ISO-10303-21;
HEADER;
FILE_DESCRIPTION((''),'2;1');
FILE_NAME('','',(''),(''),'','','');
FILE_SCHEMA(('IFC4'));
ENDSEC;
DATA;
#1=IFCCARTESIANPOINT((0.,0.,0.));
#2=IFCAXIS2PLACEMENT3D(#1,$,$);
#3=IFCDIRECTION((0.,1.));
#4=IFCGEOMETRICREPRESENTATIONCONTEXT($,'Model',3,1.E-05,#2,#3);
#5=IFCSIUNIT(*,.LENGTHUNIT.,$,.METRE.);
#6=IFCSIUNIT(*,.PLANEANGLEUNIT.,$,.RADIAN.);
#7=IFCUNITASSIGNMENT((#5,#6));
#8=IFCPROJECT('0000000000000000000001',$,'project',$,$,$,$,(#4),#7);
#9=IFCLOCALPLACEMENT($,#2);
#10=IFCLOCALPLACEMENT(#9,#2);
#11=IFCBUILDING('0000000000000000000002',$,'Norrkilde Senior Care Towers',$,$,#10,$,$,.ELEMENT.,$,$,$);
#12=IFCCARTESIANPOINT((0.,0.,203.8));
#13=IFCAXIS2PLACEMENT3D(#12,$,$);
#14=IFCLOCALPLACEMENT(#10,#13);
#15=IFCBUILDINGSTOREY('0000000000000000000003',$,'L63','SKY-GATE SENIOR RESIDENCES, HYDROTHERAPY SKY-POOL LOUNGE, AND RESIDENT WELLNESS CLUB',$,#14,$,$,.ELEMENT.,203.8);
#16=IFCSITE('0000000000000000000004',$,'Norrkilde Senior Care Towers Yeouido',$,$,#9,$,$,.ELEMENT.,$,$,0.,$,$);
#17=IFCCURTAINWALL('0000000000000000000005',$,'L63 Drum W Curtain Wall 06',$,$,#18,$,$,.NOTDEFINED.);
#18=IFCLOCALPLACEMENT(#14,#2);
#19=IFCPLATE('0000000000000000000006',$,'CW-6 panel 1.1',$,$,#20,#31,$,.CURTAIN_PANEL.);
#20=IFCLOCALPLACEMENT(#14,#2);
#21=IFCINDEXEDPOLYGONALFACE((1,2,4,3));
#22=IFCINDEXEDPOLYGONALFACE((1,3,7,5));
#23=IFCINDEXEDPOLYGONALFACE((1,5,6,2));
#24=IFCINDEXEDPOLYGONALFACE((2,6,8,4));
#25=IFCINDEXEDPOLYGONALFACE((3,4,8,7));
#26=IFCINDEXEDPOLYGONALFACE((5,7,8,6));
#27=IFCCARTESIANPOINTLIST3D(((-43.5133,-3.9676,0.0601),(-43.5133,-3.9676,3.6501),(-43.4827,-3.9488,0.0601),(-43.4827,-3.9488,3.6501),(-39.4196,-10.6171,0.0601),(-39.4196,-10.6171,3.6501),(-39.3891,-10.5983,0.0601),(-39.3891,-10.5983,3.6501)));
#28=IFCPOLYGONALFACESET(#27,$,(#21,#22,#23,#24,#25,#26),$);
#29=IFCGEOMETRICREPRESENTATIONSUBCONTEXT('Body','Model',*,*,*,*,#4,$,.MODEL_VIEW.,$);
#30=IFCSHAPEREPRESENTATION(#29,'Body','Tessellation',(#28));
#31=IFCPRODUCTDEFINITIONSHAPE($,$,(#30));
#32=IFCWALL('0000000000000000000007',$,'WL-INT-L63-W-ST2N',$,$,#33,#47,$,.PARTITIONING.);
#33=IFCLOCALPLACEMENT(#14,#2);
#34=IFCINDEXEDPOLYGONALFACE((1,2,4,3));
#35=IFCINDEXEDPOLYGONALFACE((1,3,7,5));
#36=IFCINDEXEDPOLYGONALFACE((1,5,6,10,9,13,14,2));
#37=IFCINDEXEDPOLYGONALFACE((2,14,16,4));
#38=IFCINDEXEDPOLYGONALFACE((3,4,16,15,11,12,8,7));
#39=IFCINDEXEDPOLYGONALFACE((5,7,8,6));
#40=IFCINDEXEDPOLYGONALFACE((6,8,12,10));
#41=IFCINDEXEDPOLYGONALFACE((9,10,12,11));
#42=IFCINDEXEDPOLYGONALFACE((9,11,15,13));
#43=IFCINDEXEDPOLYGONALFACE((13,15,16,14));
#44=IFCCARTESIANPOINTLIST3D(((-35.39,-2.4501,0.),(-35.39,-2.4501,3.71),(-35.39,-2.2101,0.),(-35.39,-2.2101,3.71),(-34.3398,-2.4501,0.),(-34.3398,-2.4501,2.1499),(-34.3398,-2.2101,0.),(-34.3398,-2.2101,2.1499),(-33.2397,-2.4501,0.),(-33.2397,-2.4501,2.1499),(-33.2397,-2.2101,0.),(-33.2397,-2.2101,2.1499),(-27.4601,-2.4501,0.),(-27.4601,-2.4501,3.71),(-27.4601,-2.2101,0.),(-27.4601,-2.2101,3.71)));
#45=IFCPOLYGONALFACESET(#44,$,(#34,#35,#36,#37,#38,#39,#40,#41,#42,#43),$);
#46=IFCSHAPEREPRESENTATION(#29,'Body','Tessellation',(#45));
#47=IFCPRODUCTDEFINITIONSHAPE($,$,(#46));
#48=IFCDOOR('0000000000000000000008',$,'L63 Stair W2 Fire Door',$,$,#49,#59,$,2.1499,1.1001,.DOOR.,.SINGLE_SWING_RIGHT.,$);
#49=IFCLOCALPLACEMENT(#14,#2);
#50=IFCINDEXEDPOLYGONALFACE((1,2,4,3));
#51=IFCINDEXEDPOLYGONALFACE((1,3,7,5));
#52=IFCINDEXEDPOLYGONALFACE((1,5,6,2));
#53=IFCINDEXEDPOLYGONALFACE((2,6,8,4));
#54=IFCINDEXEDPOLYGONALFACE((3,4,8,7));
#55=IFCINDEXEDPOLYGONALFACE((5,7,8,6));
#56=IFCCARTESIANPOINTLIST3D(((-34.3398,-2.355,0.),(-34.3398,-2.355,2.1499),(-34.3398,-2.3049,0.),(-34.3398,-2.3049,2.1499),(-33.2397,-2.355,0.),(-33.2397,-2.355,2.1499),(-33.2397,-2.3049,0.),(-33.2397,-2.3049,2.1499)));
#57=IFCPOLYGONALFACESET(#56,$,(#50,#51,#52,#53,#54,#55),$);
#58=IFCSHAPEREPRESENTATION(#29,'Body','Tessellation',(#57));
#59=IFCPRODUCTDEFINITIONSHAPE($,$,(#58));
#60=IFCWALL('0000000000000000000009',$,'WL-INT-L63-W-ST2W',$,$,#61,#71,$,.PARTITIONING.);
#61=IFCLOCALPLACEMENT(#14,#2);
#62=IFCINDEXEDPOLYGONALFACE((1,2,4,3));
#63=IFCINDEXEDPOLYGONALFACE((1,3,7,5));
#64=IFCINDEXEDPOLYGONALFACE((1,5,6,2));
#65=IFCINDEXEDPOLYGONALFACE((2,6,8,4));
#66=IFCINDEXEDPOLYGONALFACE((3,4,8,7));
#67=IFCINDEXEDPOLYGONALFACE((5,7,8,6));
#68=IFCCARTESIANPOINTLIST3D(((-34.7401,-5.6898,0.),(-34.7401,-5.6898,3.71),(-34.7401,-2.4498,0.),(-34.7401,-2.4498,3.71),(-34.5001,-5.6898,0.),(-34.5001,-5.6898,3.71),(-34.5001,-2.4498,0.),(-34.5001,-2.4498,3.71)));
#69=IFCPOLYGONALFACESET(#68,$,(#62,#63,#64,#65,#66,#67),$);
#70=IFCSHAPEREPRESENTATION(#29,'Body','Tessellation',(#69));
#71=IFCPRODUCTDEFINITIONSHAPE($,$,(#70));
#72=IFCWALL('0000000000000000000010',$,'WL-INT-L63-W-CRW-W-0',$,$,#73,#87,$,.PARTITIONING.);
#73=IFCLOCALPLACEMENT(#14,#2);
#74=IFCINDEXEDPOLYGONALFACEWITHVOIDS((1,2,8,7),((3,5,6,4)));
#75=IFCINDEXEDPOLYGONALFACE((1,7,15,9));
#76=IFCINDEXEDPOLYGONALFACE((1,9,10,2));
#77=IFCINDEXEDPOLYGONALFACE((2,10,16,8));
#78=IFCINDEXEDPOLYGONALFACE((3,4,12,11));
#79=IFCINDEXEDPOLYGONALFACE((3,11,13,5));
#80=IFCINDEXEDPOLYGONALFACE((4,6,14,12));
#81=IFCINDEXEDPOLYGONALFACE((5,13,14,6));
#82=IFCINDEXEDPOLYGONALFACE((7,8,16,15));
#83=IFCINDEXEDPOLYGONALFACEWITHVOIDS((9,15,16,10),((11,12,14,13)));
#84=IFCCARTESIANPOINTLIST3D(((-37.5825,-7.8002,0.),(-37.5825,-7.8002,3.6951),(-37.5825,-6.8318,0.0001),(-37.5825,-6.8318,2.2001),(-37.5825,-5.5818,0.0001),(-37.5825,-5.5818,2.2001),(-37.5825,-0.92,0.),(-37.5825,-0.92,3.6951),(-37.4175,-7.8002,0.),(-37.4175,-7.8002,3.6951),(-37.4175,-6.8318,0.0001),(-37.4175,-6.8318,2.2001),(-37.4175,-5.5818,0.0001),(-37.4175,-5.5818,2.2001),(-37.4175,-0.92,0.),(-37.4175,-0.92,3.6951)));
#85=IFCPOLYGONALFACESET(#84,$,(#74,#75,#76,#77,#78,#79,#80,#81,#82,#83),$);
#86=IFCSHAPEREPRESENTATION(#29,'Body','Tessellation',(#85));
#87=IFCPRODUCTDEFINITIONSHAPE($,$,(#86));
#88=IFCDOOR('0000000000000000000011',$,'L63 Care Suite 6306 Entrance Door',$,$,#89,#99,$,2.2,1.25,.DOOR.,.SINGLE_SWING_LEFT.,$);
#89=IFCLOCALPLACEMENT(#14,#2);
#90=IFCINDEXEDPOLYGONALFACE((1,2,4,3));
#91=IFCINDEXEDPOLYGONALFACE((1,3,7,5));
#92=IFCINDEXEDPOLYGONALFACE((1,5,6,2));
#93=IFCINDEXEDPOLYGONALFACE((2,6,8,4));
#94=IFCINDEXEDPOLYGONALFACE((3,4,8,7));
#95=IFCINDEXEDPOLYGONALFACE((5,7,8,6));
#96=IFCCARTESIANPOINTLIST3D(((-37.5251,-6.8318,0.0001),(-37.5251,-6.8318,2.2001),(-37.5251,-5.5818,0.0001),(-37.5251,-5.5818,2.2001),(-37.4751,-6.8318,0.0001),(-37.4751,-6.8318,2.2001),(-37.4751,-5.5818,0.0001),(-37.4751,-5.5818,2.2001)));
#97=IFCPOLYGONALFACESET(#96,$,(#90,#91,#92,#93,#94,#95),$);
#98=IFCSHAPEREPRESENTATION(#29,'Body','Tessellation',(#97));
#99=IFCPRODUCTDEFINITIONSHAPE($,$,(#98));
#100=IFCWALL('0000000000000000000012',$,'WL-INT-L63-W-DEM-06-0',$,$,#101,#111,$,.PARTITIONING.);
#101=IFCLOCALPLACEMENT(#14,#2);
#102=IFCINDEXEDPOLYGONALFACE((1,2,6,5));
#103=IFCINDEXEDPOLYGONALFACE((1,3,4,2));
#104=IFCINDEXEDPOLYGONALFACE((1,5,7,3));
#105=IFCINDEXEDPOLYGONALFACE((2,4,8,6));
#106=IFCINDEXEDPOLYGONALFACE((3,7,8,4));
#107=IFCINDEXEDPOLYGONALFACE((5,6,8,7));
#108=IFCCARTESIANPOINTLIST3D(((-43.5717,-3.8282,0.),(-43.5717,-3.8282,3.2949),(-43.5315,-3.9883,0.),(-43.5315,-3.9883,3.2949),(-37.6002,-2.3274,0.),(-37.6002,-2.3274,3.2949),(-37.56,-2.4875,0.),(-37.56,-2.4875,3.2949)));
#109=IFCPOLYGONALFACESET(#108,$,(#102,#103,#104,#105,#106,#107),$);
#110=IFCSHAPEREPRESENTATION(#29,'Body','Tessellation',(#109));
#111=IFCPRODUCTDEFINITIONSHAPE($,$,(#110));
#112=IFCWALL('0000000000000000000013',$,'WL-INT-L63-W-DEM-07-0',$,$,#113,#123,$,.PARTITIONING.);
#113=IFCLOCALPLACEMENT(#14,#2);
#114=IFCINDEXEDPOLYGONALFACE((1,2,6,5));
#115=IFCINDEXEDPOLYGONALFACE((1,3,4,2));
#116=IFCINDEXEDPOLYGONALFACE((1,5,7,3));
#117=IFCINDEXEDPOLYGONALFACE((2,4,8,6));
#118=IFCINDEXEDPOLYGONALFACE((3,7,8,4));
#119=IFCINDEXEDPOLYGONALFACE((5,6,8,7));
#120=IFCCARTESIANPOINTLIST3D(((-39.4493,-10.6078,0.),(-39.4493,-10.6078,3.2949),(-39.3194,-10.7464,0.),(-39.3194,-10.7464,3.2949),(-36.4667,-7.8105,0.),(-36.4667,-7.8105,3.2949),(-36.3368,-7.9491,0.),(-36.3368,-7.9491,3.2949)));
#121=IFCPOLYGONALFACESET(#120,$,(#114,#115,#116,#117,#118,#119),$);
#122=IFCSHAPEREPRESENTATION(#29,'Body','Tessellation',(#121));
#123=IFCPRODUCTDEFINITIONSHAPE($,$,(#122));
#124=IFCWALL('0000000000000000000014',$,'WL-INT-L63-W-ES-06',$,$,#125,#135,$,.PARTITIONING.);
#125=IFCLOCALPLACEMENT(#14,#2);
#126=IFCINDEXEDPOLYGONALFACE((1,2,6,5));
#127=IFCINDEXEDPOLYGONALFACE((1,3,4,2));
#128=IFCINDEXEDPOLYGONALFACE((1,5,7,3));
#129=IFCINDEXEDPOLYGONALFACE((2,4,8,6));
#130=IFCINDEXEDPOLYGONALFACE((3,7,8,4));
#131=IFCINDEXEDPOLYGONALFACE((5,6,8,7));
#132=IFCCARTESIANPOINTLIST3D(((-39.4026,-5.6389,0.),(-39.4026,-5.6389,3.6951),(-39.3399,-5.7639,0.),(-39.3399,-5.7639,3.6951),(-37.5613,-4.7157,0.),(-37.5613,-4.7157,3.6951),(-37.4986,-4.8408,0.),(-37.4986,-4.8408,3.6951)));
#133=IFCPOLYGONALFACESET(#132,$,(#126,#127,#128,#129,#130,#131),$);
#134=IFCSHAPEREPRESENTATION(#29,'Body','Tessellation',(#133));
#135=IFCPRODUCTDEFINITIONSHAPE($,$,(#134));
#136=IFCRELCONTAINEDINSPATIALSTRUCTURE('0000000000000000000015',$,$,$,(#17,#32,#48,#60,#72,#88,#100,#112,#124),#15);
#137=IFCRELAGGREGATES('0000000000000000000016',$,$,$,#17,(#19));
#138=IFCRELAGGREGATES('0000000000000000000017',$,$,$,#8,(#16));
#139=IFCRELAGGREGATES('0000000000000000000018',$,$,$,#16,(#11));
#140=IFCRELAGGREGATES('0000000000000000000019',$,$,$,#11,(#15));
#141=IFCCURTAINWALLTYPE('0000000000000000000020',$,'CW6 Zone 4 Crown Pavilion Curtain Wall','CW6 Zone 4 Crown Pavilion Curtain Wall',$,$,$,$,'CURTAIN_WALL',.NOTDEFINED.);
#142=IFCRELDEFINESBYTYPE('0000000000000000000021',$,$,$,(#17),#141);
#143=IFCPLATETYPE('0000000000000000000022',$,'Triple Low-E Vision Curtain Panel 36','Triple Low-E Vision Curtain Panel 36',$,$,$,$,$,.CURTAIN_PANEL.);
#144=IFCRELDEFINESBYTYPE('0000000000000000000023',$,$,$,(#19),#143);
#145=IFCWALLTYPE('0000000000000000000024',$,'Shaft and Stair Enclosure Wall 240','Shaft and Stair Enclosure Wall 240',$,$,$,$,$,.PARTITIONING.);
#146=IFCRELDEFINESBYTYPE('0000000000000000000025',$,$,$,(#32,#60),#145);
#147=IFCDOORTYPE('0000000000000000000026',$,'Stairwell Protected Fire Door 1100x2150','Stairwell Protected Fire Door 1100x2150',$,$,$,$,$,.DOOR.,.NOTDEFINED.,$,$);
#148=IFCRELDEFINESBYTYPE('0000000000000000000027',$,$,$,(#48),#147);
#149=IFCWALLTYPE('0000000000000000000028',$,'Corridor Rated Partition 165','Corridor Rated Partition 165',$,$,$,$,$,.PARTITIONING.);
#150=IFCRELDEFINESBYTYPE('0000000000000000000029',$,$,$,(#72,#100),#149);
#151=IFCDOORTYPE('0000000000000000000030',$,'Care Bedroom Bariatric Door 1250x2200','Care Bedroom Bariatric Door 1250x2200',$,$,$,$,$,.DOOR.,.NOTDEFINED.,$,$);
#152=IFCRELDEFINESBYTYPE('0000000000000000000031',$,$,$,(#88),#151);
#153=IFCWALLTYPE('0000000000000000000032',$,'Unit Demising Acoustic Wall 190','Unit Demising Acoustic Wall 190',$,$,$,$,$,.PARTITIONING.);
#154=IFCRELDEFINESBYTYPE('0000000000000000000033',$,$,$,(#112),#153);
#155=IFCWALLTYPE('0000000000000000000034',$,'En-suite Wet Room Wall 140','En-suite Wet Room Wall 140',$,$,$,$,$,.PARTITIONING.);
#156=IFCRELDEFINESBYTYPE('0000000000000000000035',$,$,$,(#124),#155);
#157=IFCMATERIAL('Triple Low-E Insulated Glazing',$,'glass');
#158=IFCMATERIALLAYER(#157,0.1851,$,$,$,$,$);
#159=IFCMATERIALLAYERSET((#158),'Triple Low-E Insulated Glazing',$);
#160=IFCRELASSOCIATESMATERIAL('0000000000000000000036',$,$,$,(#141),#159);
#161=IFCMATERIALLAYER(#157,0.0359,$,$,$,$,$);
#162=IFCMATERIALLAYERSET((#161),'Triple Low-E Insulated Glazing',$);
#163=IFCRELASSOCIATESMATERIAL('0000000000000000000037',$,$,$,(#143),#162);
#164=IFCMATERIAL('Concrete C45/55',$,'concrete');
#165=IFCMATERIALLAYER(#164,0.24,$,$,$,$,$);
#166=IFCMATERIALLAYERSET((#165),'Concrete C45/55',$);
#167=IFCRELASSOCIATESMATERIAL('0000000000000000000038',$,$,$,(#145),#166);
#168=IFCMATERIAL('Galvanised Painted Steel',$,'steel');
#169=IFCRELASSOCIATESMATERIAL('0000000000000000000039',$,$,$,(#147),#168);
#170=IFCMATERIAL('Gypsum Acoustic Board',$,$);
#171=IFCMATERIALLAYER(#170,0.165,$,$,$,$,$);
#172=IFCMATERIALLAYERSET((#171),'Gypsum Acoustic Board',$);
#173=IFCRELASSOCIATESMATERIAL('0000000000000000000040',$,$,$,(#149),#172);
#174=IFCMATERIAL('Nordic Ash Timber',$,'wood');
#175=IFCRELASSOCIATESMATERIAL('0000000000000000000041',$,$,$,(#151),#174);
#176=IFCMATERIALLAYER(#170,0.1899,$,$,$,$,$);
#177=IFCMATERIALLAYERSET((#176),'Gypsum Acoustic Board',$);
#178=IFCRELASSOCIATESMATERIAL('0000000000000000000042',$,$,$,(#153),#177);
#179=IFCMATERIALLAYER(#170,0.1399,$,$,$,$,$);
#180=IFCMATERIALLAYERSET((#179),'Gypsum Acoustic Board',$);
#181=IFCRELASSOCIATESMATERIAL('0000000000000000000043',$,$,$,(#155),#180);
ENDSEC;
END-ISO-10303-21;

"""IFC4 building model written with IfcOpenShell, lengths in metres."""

from ifc_helpers import new_model, si_unit, direction, frame, frame_2d, origin, origin_2d, place, context, subcontext, project, spatial, rectangle, extrude, source, transform, mapped, material, layer, layer_set, type_object, type_shapes, element, fill, aggregate, save


model = new_model("IFC4")

# Units and contexts
model_context = context("Model", 3, precision=1e-05, world=origin(), true_north=direction((0.0, 1.0)))
body_context = subcontext(model_context, "Body", "Model", "MODEL_VIEW")
ifc_project = project(units=[si_unit("LENGTHUNIT", "METRE"), si_unit("PLANEANGLEUNIT", "RADIAN")], contexts=[model_context])

# Site, building, storey
site_placement = place(None, origin())
site = spatial("IfcSite", under=ifc_project, at=site_placement, Name="Norrkilde Senior Care Towers Yeouido", CompositionType="ELEMENT", RefElevation=0.0)
building_placement = place(site_placement, origin())
building = spatial("IfcBuilding", under=site, at=building_placement, Name="Norrkilde Senior Care Towers", CompositionType="ELEMENT")
storey_placement = place(building_placement, frame((0.0, 0.0, 203.8)))
storey = spatial("IfcBuildingStorey", under=building, at=storey_placement, Name="L63", Description="SKY-GATE SENIOR RESIDENCES, HYDROTHERAPY SKY-POOL LOUNGE, AND RESIDENT WELLNESS CLUB", CompositionType="ELEMENT", Elevation=203.8)

# Curtain wall
ifc_material_1 = material(Name="Triple Low-E Insulated Glazing", Category="glass")
ifc_layer_1 = layer(ifc_material_1, 0.1851)
ifc_layer_set_1 = layer_set([ifc_layer_1], Name="Triple Low-E Insulated Glazing")
curtain_wall_type = type_object("IfcCurtainWallType", Name="CW6 Zone 4 Crown Pavilion Curtain Wall", Description="CW6 Zone 4 Crown Pavilion Curtain Wall", ElementType="CURTAIN_WALL", PredefinedType="NOTDEFINED", material=ifc_layer_set_1)
curtain_wall_1_placement = place(storey_placement, origin())
curtain_wall_1 = element("IfcCurtainWall", 1, at=curtain_wall_1_placement, inside=storey, type_object=curtain_wall_type, Name="L63 Drum W Curtain Wall 06", PredefinedType="NOTDEFINED")

# Shared definitions
ifc_layer_2 = layer(ifc_material_1, 0.0359)
ifc_layer_set_2 = layer_set([ifc_layer_2], Name="Triple Low-E Insulated Glazing")
plate_type = type_object("IfcPlateType", Name="Triple Low-E Vision Curtain Panel 36", Description="Triple Low-E Vision Curtain Panel 36", PredefinedType="CURTAIN_PANEL", material=ifc_layer_set_2)

# Plate
shared_shape_1 = source(origin(), body_context, "Body", "SweptSolid", [
    extrude(rectangle(XDim=7.8086, YDim=0.0359, at=origin_2d()), origin(), (0.0, 0.0, 1.0), 3.5901),
])
plate_1_placement = place(storey_placement, frame((-41.4512, -7.283, 0.0601), z_axis=(0.0, 0.0, 1.0), x_axis=(-0.524253, 0.851563, 0.0)))
plate_1 = element("IfcPlate", 2, at=plate_1_placement, type_object=plate_type, Name="CW-6 panel 1.1", PredefinedType="CURTAIN_PANEL", context=body_context, shape_type="MappedRepresentation", body=[
    mapped(shared_shape_1, transform((0.0, 0.0, 0.0), x_axis=(1.0, 0.0, 0.0), y_axis=(0.0, 1.0, 0.0), z_axis=(0.0, 0.0, 1.0), scale=1.0)),
])
aggregate(curtain_wall_1, [plate_1])

# Wall, opening, door
ifc_material_2 = material(Name="Galvanised Painted Steel", Category="steel")
ifc_material_3 = material(Name="Concrete C45/55", Category="concrete")
ifc_layer_3 = layer(ifc_material_3, 0.24)
ifc_layer_set_3 = layer_set([ifc_layer_3], Name="Concrete C45/55")
wall_type_1 = type_object("IfcWallType", Name="Shaft and Stair Enclosure Wall 240", Description="Shaft and Stair Enclosure Wall 240", PredefinedType="PARTITIONING", material=ifc_layer_set_3)
shared_shape_2 = source(origin(), body_context, "Body", "SweptSolid", [
    extrude(rectangle(XDim=7.9299, YDim=0.24, at=frame_2d((3.9648, 0.0))), origin(), (0.0, 0.0, 1.0), 3.71),
])
wall_1_placement = place(storey_placement, frame((-35.3899, -2.3301, 0.0), z_axis=(0.0, 0.0, 1.0), x_axis=(1.0, 0.0, 0.0)))
wall_1 = element("IfcWall", 3, at=wall_1_placement, inside=storey, type_object=wall_type_1, Name="WL-INT-L63-W-ST2N", PredefinedType="PARTITIONING", context=body_context, shape_type="MappedRepresentation", body=[
    mapped(shared_shape_2, transform((0.0, 0.0, 0.0), x_axis=(1.0, 0.0, 0.0), y_axis=(0.0, 1.0, 0.0), z_axis=(0.0, 0.0, 1.0), scale=1.0)),
])
opening_1_placement = place(wall_1_placement, frame((1.05, 0.0, 0.0)))
opening_1 = element("IfcOpeningElement", 4, at=opening_1_placement, cuts=wall_1, PredefinedType="OPENING", context=body_context, shape_type="SweptSolid", body=[
    extrude(rectangle(XDim=1.1001, YDim=2.1499, at=frame_2d((0.55, 1.075))), frame((0.0, 0.1299, 0.0), z_axis=(0.0, -1.0, 0.0), x_axis=(1.0, 0.0, 0.0)), (0.0, 0.0, 1.0), 0.26),
])
door_type_1 = type_object("IfcDoorType", Name="Stairwell Protected Fire Door 1100x2150", Description="Stairwell Protected Fire Door 1100x2150", OperationType="NOTDEFINED", PredefinedType="DOOR", material=ifc_material_2)
shared_shape_3 = source(origin(), body_context, "Body", "SweptSolid", [
    extrude(rectangle(XDim=1.1001, YDim=2.1499, at=frame_2d((0.55, 1.075))), frame((0.0, 0.0249, 0.0), z_axis=(0.0, -1.0, 0.0), x_axis=(1.0, 0.0, 0.0)), (0.0, 0.0, 1.0), 0.05),
])
type_shapes(door_type_1, [shared_shape_3])
door_1_placement = place(opening_1_placement, frame((1.1001, 0.0, 0.0), z_axis=(0.0, 0.0, 1.0), x_axis=(-1.0, 0.0, 0.0)))
door_1 = element("IfcDoor", 5, at=door_1_placement, inside=storey, type_object=door_type_1, Name="L63 Stair W2 Fire Door", OperationType="SINGLE_SWING_RIGHT", OverallHeight=2.1499, OverallWidth=1.1001, PredefinedType="DOOR", context=body_context, shape_type="MappedRepresentation", body=[
    mapped(shared_shape_3, transform((0.0, 0.0, 0.0), x_axis=(1.0, 0.0, 0.0), y_axis=(0.0, 1.0, 0.0), z_axis=(0.0, 0.0, 1.0), scale=1.0)),
])
fill(opening_1, door_1)

# Wall
shared_shape_4 = source(origin(), body_context, "Body", "SweptSolid", [
    extrude(rectangle(XDim=3.24, YDim=0.24, at=frame_2d((1.6201, 0.0))), origin(), (0.0, 0.0, 1.0), 3.71),
])
type_shapes(wall_type_1, [shared_shape_2, shared_shape_4])
wall_2_placement = place(storey_placement, frame((-34.6201, -5.6899, 0.0), z_axis=(0.0, 0.0, 1.0), x_axis=(0.0, 1.0, 0.0)))
element("IfcWall", 6, at=wall_2_placement, inside=storey, type_object=wall_type_1, Name="WL-INT-L63-W-ST2W", PredefinedType="PARTITIONING", context=body_context, shape_type="MappedRepresentation", body=[
    mapped(shared_shape_4, transform((0.0, 0.0, 0.0), x_axis=(1.0, 0.0, 0.0), y_axis=(0.0, 1.0, 0.0), z_axis=(0.0, 0.0, 1.0), scale=1.0)),
])

# Wall, opening, door
ifc_material_4 = material(Name="Gypsum Acoustic Board")
ifc_layer_4 = layer(ifc_material_4, 0.165)
ifc_layer_set_4 = layer_set([ifc_layer_4], Name="Gypsum Acoustic Board")
wall_type_2 = type_object("IfcWallType", Name="Corridor Rated Partition 165", Description="Corridor Rated Partition 165", PredefinedType="PARTITIONING", material=ifc_layer_set_4)
shared_shape_5 = source(origin(), body_context, "Body", "SweptSolid", [
    extrude(rectangle(XDim=6.8801, YDim=0.165, at=frame_2d((3.4399, 0.0))), origin(), (0.0, 0.0, 1.0), 3.6951),
])
wall_3_placement = place(storey_placement, frame((-37.5, -7.8, 0.0), z_axis=(0.0, 0.0, 1.0), x_axis=(0.0, 1.0, 0.0)))
wall_3 = element("IfcWall", 7, at=wall_3_placement, inside=storey, type_object=wall_type_2, Name="WL-INT-L63-W-CRW-W-0", PredefinedType="PARTITIONING", context=body_context, shape_type="MappedRepresentation", body=[
    mapped(shared_shape_5, transform((0.0, 0.0, 0.0), x_axis=(1.0, 0.0, 0.0), y_axis=(0.0, 1.0, 0.0), z_axis=(0.0, 0.0, 1.0), scale=1.0)),
])
opening_2_placement = place(wall_3_placement, frame((0.9683, 0.0, 0.0)))
opening_2 = element("IfcOpeningElement", 8, at=opening_2_placement, cuts=wall_3, PredefinedType="OPENING", context=body_context, shape_type="SweptSolid", body=[
    extrude(rectangle(XDim=1.25, YDim=2.2, at=frame_2d((0.625, 1.1001))), frame((0.0, 0.0925, 0.0), z_axis=(0.0, -1.0, 0.0), x_axis=(1.0, 0.0, 0.0)), (0.0, 0.0, 1.0), 0.1851),
])
ifc_material_5 = material(Name="Nordic Ash Timber", Category="wood")
door_type_2 = type_object("IfcDoorType", Name="Care Bedroom Bariatric Door 1250x2200", Description="Care Bedroom Bariatric Door 1250x2200", OperationType="NOTDEFINED", PredefinedType="DOOR", material=ifc_material_5)
shared_shape_6 = source(origin(), body_context, "Body", "SweptSolid", [
    extrude(rectangle(XDim=1.25, YDim=2.2, at=frame_2d((0.625, 1.1001))), frame((0.0, 0.0249, 0.0), z_axis=(0.0, -1.0, 0.0), x_axis=(1.0, 0.0, 0.0)), (0.0, 0.0, 1.0), 0.05),
])
type_shapes(door_type_2, [shared_shape_6])
door_2_placement = place(opening_2_placement, frame((1.25, 0.0, 0.0), z_axis=(0.0, 0.0, 1.0), x_axis=(-1.0, 0.0, 0.0)))
door_2 = element("IfcDoor", 9, at=door_2_placement, inside=storey, type_object=door_type_2, Name="L63 Care Suite 6306 Entrance Door", OperationType="SINGLE_SWING_LEFT", OverallHeight=2.2, OverallWidth=1.25, PredefinedType="DOOR", context=body_context, shape_type="MappedRepresentation", body=[
    mapped(shared_shape_6, transform((0.0, 0.0, 0.0), x_axis=(1.0, 0.0, 0.0), y_axis=(0.0, 1.0, 0.0), z_axis=(0.0, 0.0, 1.0), scale=1.0)),
])
fill(opening_2, door_2)

# Walls
shared_shape_7 = source(origin(), body_context, "Body", "SweptSolid", [
    extrude(rectangle(XDim=6.1572, YDim=0.165, at=frame_2d((3.0786, 0.0))), origin(), (0.0, 0.0, 1.0), 3.2949),
])
type_shapes(wall_type_2, [shared_shape_5, shared_shape_7])
wall_4_placement = place(storey_placement, frame((-37.5801, -2.4075, 0.0), z_axis=(0.0, 0.0, 1.0), x_axis=(-0.969841, -0.243739, 0.0)))
element("IfcWall", 10, at=wall_4_placement, inside=storey, type_object=wall_type_2, Name="WL-INT-L63-W-DEM-06-0", PredefinedType="PARTITIONING", context=body_context, shape_type="MappedRepresentation", body=[
    mapped(shared_shape_7, transform((0.0, 0.0, 0.0), x_axis=(1.0, 0.0, 0.0), y_axis=(0.0, 1.0, 0.0), z_axis=(0.0, 0.0, 1.0), scale=1.0)),
])
ifc_layer_5 = layer(ifc_material_4, 0.1899)
ifc_layer_set_5 = layer_set([ifc_layer_5], Name="Gypsum Acoustic Board")
wall_type_3 = type_object("IfcWallType", Name="Unit Demising Acoustic Wall 190", Description="Unit Demising Acoustic Wall 190", PredefinedType="PARTITIONING", material=ifc_layer_set_5)
shared_shape_8 = source(origin(), body_context, "Body", "SweptSolid", [
    extrude(rectangle(XDim=4.0891, YDim=0.1899, at=frame_2d((2.0444, 0.0))), origin(), (0.0, 0.0, 1.0), 3.2949),
])
type_shapes(wall_type_3, [shared_shape_8])
wall_5_placement = place(storey_placement, frame((-36.4019, -7.8799, 0.0), z_axis=(0.0, 0.0, 1.0), x_axis=(-0.729401, -0.684086, 0.0)))
element("IfcWall", 11, at=wall_5_placement, inside=storey, type_object=wall_type_3, Name="WL-INT-L63-W-DEM-07-0", PredefinedType="PARTITIONING", context=body_context, shape_type="MappedRepresentation", body=[
    mapped(shared_shape_8, transform((0.0, 0.0, 0.0), x_axis=(1.0, 0.0, 0.0), y_axis=(0.0, 1.0, 0.0), z_axis=(0.0, 0.0, 1.0), scale=1.0)),
])
ifc_layer_6 = layer(ifc_material_4, 0.1399)
ifc_layer_set_6 = layer_set([ifc_layer_6], Name="Gypsum Acoustic Board")
wall_type_4 = type_object("IfcWallType", Name="En-suite Wet Room Wall 140", Description="En-suite Wet Room Wall 140", PredefinedType="PARTITIONING", material=ifc_layer_set_6)
shared_shape_9 = source(origin(), body_context, "Body", "SweptSolid", [
    extrude(rectangle(XDim=2.0598, YDim=0.1399, at=frame_2d((1.0298, 0.0))), origin(), (0.0, 0.0, 1.0), 3.6951),
])
wall_6_placement = place(storey_placement, frame((-37.53, -4.7783, 0.0), z_axis=(0.0, 0.0, 1.0), x_axis=(-0.893953, -0.448162, 0.0)))
element("IfcWall", 12, at=wall_6_placement, inside=storey, type_object=wall_type_4, Name="WL-INT-L63-W-ES-06", PredefinedType="PARTITIONING", context=body_context, shape_type="MappedRepresentation", body=[
    mapped(shared_shape_9, transform((0.0, 0.0, 0.0), x_axis=(1.0, 0.0, 0.0), y_axis=(0.0, 1.0, 0.0), z_axis=(0.0, 0.0, 1.0), scale=1.0)),
])

save(model, "model.ifc")
